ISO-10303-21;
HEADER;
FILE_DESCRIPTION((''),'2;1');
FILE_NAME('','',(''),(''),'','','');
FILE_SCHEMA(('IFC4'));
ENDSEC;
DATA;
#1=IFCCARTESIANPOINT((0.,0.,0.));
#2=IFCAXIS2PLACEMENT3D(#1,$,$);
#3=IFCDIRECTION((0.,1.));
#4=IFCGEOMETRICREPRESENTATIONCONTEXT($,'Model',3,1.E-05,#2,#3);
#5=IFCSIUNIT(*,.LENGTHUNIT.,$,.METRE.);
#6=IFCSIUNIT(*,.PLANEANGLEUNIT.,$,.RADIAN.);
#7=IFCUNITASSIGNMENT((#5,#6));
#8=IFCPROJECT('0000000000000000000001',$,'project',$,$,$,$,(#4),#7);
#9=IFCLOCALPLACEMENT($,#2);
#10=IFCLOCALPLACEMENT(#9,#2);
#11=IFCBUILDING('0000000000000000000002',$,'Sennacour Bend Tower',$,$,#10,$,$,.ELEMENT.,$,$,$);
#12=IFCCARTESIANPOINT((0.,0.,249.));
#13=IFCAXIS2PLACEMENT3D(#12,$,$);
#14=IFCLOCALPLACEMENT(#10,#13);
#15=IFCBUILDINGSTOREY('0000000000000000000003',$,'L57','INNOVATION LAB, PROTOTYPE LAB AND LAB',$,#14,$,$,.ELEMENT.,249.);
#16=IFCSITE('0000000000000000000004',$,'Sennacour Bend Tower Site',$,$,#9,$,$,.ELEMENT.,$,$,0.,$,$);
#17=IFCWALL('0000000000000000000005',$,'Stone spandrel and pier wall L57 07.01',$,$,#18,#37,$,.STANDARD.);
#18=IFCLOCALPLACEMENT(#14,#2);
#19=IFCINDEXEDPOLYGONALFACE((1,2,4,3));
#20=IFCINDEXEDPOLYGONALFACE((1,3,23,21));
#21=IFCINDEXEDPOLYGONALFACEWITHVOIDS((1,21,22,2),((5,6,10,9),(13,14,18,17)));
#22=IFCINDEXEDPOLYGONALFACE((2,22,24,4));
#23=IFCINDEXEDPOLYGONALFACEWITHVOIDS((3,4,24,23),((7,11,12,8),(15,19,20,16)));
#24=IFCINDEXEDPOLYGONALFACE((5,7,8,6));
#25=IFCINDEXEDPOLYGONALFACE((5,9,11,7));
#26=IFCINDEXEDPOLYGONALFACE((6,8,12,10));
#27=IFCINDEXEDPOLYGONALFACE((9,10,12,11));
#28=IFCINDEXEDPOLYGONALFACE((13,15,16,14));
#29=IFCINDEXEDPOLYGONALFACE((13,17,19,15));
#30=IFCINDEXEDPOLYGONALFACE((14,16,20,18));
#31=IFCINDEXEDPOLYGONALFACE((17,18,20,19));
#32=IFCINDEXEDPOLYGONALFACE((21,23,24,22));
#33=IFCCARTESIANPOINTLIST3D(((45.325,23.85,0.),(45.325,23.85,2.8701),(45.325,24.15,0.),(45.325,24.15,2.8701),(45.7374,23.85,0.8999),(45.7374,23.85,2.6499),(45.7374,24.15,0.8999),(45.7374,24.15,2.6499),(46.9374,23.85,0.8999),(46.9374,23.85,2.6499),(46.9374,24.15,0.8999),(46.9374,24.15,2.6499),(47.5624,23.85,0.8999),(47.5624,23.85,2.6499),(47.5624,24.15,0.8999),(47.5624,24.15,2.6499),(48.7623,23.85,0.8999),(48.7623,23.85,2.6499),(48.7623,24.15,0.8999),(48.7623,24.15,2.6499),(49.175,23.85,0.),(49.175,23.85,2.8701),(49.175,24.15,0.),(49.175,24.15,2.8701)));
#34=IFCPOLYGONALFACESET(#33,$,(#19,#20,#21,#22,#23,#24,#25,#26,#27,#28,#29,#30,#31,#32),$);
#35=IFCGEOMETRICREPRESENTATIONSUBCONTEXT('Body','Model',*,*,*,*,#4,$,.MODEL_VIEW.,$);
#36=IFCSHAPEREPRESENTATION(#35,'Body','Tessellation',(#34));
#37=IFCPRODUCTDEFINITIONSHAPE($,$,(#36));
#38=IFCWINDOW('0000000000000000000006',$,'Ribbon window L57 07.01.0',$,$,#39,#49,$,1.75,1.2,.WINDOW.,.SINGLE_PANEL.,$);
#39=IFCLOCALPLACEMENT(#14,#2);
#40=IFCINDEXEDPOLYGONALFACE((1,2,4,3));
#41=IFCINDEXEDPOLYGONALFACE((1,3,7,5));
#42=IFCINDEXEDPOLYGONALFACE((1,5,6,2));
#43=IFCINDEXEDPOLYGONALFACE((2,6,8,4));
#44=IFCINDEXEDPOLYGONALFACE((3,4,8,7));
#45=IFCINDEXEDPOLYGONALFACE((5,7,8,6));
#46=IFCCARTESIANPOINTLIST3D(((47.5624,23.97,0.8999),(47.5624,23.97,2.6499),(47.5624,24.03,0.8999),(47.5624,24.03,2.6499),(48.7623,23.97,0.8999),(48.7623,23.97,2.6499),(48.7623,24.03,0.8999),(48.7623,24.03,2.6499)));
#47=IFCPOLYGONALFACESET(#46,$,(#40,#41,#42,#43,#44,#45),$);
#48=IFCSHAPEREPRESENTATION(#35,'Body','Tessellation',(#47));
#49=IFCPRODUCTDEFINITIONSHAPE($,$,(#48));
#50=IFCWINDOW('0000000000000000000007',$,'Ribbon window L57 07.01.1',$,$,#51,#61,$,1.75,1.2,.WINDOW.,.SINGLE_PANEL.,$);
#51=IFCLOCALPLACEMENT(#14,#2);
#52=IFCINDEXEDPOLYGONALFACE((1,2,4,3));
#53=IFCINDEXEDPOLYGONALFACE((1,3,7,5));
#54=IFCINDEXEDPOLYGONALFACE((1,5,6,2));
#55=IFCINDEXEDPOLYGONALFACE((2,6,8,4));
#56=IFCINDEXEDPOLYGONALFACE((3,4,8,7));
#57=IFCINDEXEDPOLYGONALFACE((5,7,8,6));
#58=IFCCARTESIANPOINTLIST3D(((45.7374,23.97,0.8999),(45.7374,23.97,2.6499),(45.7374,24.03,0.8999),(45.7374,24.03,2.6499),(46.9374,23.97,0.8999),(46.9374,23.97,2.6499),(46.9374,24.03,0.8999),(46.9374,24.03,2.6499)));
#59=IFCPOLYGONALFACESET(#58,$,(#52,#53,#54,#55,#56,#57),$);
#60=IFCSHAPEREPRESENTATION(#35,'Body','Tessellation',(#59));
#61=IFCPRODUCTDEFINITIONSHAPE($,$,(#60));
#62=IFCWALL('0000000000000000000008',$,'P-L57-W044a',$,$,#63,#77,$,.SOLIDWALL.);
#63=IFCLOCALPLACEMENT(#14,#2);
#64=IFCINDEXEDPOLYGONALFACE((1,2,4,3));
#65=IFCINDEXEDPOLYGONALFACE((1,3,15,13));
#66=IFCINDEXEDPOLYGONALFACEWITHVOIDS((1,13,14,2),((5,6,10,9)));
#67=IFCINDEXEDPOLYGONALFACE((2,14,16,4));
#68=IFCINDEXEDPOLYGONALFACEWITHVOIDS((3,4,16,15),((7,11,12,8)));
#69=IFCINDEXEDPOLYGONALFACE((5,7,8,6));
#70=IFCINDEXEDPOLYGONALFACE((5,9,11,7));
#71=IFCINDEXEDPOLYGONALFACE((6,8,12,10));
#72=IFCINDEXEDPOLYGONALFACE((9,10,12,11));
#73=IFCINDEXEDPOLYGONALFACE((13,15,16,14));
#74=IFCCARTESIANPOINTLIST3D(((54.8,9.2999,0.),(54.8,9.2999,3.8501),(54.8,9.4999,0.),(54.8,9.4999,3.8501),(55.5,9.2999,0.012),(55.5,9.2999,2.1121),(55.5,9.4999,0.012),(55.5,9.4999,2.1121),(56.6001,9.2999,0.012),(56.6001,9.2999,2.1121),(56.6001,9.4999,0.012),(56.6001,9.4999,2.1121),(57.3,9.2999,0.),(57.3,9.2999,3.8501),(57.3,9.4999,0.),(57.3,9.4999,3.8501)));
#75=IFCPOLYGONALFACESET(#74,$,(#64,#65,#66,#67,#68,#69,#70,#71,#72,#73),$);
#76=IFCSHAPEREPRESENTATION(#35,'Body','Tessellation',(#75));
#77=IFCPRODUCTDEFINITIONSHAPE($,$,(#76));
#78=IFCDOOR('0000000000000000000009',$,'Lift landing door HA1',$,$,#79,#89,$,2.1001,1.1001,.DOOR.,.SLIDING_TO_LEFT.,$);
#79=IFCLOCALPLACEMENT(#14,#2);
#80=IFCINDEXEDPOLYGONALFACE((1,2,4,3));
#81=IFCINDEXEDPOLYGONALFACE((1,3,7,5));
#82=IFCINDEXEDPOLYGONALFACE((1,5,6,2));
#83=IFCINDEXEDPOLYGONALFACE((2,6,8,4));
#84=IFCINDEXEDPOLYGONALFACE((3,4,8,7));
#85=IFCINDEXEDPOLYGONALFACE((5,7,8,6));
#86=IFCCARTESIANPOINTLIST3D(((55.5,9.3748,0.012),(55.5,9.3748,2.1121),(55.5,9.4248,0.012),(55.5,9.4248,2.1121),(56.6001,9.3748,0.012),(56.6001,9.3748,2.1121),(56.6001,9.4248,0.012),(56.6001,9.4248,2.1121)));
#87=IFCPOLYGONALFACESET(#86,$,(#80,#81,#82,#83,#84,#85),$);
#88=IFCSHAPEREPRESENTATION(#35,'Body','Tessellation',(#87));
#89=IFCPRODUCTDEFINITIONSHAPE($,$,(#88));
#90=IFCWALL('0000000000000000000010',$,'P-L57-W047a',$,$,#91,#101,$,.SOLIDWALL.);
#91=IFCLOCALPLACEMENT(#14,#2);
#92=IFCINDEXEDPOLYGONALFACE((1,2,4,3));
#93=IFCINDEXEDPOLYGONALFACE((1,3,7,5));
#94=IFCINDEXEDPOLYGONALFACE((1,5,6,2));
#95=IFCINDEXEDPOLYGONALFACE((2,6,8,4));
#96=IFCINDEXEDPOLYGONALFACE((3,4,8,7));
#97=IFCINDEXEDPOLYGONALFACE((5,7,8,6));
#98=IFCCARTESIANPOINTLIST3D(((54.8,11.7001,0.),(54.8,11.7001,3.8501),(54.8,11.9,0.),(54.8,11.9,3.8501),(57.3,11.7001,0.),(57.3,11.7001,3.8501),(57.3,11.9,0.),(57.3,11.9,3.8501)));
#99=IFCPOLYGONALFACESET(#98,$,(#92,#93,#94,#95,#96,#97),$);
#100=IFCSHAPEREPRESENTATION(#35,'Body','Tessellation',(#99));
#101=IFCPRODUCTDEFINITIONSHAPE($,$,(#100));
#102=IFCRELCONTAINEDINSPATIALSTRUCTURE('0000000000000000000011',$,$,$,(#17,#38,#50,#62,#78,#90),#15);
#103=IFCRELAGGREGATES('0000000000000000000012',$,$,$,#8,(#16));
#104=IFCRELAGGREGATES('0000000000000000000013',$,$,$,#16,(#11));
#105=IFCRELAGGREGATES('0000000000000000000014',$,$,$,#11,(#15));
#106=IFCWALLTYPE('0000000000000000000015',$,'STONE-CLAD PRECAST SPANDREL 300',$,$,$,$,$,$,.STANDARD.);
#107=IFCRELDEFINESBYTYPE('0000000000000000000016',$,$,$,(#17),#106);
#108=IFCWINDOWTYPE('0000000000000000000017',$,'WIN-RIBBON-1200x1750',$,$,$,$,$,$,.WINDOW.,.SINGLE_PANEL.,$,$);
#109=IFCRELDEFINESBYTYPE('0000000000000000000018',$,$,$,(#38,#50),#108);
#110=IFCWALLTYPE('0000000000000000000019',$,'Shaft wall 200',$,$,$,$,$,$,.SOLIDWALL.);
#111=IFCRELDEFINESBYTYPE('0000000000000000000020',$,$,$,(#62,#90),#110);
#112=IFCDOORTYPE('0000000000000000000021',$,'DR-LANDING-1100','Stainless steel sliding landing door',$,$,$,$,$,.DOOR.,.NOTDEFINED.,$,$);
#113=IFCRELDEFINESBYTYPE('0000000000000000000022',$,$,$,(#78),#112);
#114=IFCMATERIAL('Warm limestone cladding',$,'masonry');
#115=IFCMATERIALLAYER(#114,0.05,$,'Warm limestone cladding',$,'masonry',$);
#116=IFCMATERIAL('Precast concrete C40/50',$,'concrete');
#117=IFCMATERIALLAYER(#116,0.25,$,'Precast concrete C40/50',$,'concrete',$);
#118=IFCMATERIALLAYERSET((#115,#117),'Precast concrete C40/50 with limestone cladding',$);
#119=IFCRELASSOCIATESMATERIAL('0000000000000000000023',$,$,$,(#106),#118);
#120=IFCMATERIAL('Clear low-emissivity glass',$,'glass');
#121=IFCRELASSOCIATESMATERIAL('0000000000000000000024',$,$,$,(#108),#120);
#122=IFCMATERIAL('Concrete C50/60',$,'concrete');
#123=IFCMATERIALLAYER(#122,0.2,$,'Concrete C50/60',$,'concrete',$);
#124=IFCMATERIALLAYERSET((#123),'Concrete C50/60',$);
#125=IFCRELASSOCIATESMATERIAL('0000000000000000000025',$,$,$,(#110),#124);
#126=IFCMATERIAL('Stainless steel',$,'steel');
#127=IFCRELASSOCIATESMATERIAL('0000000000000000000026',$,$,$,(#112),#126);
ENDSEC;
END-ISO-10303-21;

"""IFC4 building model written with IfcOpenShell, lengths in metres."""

from ifc_helpers import new_model, si_unit, direction, frame, frame_2d, origin, place, context, subcontext, project, spatial, rectangle, extrude, material, layer, layer_set, type_object, element, fill, save


model = new_model("IFC4")

# Units and contexts
model_context = context("Model", 3, precision=1e-05, world=origin(), true_north=direction((0.0, 1.0)))
body_context = subcontext(model_context, "Body", "Model", "MODEL_VIEW")
ifc_project = project(units=[si_unit("LENGTHUNIT", "METRE"), si_unit("PLANEANGLEUNIT", "RADIAN")], contexts=[model_context])

# Site, building, storey
site_placement = place(None, origin())
site = spatial("IfcSite", under=ifc_project, at=site_placement, Name="Sennacour Bend Tower Site", CompositionType="ELEMENT", RefElevation=0.0)
building_placement = place(site_placement, origin())
building = spatial("IfcBuilding", under=site, at=building_placement, Name="Sennacour Bend Tower", CompositionType="ELEMENT")
storey_placement = place(building_placement, frame((0.0, 0.0, 249.0)))
storey = spatial("IfcBuildingStorey", under=building, at=storey_placement, Name="L57", Description="INNOVATION LAB, PROTOTYPE LAB AND LAB", CompositionType="ELEMENT", Elevation=249.0)

# Shared definitions
ifc_material_1 = material(Name="Concrete C50/60", Category="concrete")

# Shared definitions
ifc_material_2 = material(Name="Warm limestone cladding", Category="masonry")
ifc_layer_1 = layer(ifc_material_2, 0.05, Name="Warm limestone cladding", Category="masonry")
ifc_material_3 = material(Name="Precast concrete C40/50", Category="concrete")
ifc_layer_2 = layer(ifc_material_3, 0.25, Name="Precast concrete C40/50", Category="concrete")
ifc_layer_set_1 = layer_set([ifc_layer_1, ifc_layer_2], Name="Precast concrete C40/50 with limestone cladding")
wall_type_1 = type_object("IfcWallType", Name="STONE-CLAD PRECAST SPANDREL 300", PredefinedType="STANDARD", material=ifc_layer_set_1)

# Wall, openings, windows
ifc_material_4 = material(Name="Clear low-emissivity glass", Category="glass")
window_type = type_object("IfcWindowType", Name="WIN-RIBBON-1200x1750", PartitioningType="SINGLE_PANEL", PredefinedType="WINDOW", material=ifc_material_4)
wall_1_placement = place(storey_placement, frame((49.175, 24.0, 0.0), z_axis=(0.0, 0.0, 1.0), x_axis=(-1.0, 0.0, 0.0)))
wall_1 = element("IfcWall", 1, at=wall_1_placement, inside=storey, type_object=wall_type_1, Name="Stone spandrel and pier wall L57 07.01", PredefinedType="STANDARD", context=body_context, shape_type="SweptSolid", body=[
    extrude(rectangle(XDim=3.8501, YDim=0.3, at=frame_2d((1.925, 0.0))), origin(), (0.0, 0.0, 1.0), 2.8701),
])
opening_1_placement = place(wall_1_placement, frame((0.4126, 0.0, 0.8999)))
opening_1 = element("IfcOpeningElement", 2, at=opening_1_placement, cuts=wall_1, PredefinedType="OPENING", context=body_context, shape_type="SweptSolid", body=[
    extrude(rectangle(XDim=1.2, YDim=1.75, at=frame_2d((0.6001, 0.875))), frame((0.0, 0.1602, 0.0), z_axis=(0.0, -1.0, 0.0), x_axis=(1.0, 0.0, 0.0)), (0.0, 0.0, 1.0), 0.3201),
])
opening_2_placement = place(wall_1_placement, frame((2.2375, 0.0, 0.8999)))
opening_2 = element("IfcOpeningElement", 3, at=opening_2_placement, cuts=wall_1, PredefinedType="OPENING", context=body_context, shape_type="SweptSolid", body=[
    extrude(rectangle(XDim=1.2, YDim=1.75, at=frame_2d((0.6001, 0.875))), frame((0.0, 0.1602, 0.0), z_axis=(0.0, -1.0, 0.0), x_axis=(1.0, 0.0, 0.0)), (0.0, 0.0, 1.0), 0.3201),
])
window_1_placement = place(opening_1_placement, origin())
window_1 = element("IfcWindow", 4, at=window_1_placement, inside=storey, type_object=window_type, Name="Ribbon window L57 07.01.0", OverallHeight=1.75, OverallWidth=1.2, PartitioningType="SINGLE_PANEL", PredefinedType="WINDOW", context=body_context, shape_type="SweptSolid", body=[
    extrude(rectangle(XDim=1.2, YDim=1.75, at=frame_2d((0.6001, 0.875))), frame((0.0, 0.03, 0.0), z_axis=(0.0, -1.0, 0.0), x_axis=(1.0, 0.0, 0.0)), (0.0, 0.0, 1.0), 0.0601),
])
fill(opening_1, window_1)
window_2_placement = place(opening_2_placement, origin())
window_2 = element("IfcWindow", 5, at=window_2_placement, inside=storey, type_object=window_type, Name="Ribbon window L57 07.01.1", OverallHeight=1.75, OverallWidth=1.2, PartitioningType="SINGLE_PANEL", PredefinedType="WINDOW", context=body_context, shape_type="SweptSolid", body=[
    extrude(rectangle(XDim=1.2, YDim=1.75, at=frame_2d((0.6001, 0.875))), frame((0.0, 0.03, 0.0), z_axis=(0.0, -1.0, 0.0), x_axis=(1.0, 0.0, 0.0)), (0.0, 0.0, 1.0), 0.0601),
])
fill(opening_2, window_2)

# Wall, opening, door
ifc_layer_3 = layer(ifc_material_1, 0.2, Name="Concrete C50/60", Category="concrete")
ifc_layer_set_2 = layer_set([ifc_layer_3], Name="Concrete C50/60")
wall_type_2 = type_object("IfcWallType", Name="Shaft wall 200", PredefinedType="SOLIDWALL", material=ifc_layer_set_2)
wall_2_placement = place(storey_placement, frame((54.8, 9.3999, 0.0), z_axis=(0.0, 0.0, 1.0), x_axis=(1.0, 0.0, 0.0)))
wall_2 = element("IfcWall", 6, at=wall_2_placement, inside=storey, type_object=wall_type_2, Name="P-L57-W044a", PredefinedType="SOLIDWALL", context=body_context, shape_type="SweptSolid", body=[
    extrude(rectangle(XDim=2.5, YDim=0.2, at=frame_2d((1.25, 0.0))), origin(), (0.0, 0.0, 1.0), 3.8501),
])
opening_3_placement = place(wall_2_placement, frame((0.7, 0.0, 0.012)))
opening_3 = element("IfcOpeningElement", 7, at=opening_3_placement, cuts=wall_2, PredefinedType="OPENING", context=body_context, shape_type="SweptSolid", body=[
    extrude(rectangle(XDim=1.1001, YDim=2.1001, at=frame_2d((0.55, 1.05))), frame((0.0, 0.1099, 0.0), z_axis=(0.0, -1.0, 0.0), x_axis=(1.0, 0.0, 0.0)), (0.0, 0.0, 1.0), 0.22),
])
ifc_material_5 = material(Name="Stainless steel", Category="steel")
door_type_1 = type_object("IfcDoorType", Name="DR-LANDING-1100", Description="Stainless steel sliding landing door", OperationType="NOTDEFINED", PredefinedType="DOOR", material=ifc_material_5)
door_1_placement = place(opening_3_placement, origin())
door_1 = element("IfcDoor", 8, at=door_1_placement, inside=storey, type_object=door_type_1, Name="Lift landing door HA1", OperationType="SLIDING_TO_LEFT", OverallHeight=2.1001, OverallWidth=1.1001, PredefinedType="DOOR", context=body_context, shape_type="SweptSolid", body=[
    extrude(rectangle(XDim=1.1001, YDim=2.1001, at=frame_2d((0.55, 1.05))), frame((0.0, 0.0249, 0.0), z_axis=(0.0, -1.0, 0.0), x_axis=(1.0, 0.0, 0.0)), (0.0, 0.0, 1.0), 0.05),
])
fill(opening_3, door_1)

# Wall
wall_3_placement = place(storey_placement, frame((54.8, 11.8, 0.0), z_axis=(0.0, 0.0, 1.0), x_axis=(1.0, 0.0, 0.0)))
element("IfcWall", 9, at=wall_3_placement, inside=storey, type_object=wall_type_2, Name="P-L57-W047a", PredefinedType="SOLIDWALL", context=body_context, shape_type="SweptSolid", body=[
    extrude(rectangle(XDim=2.5, YDim=0.2, at=frame_2d((1.25, 0.0))), origin(), (0.0, 0.0, 1.0), 3.8501),
])

save(model, "model.ifc")
